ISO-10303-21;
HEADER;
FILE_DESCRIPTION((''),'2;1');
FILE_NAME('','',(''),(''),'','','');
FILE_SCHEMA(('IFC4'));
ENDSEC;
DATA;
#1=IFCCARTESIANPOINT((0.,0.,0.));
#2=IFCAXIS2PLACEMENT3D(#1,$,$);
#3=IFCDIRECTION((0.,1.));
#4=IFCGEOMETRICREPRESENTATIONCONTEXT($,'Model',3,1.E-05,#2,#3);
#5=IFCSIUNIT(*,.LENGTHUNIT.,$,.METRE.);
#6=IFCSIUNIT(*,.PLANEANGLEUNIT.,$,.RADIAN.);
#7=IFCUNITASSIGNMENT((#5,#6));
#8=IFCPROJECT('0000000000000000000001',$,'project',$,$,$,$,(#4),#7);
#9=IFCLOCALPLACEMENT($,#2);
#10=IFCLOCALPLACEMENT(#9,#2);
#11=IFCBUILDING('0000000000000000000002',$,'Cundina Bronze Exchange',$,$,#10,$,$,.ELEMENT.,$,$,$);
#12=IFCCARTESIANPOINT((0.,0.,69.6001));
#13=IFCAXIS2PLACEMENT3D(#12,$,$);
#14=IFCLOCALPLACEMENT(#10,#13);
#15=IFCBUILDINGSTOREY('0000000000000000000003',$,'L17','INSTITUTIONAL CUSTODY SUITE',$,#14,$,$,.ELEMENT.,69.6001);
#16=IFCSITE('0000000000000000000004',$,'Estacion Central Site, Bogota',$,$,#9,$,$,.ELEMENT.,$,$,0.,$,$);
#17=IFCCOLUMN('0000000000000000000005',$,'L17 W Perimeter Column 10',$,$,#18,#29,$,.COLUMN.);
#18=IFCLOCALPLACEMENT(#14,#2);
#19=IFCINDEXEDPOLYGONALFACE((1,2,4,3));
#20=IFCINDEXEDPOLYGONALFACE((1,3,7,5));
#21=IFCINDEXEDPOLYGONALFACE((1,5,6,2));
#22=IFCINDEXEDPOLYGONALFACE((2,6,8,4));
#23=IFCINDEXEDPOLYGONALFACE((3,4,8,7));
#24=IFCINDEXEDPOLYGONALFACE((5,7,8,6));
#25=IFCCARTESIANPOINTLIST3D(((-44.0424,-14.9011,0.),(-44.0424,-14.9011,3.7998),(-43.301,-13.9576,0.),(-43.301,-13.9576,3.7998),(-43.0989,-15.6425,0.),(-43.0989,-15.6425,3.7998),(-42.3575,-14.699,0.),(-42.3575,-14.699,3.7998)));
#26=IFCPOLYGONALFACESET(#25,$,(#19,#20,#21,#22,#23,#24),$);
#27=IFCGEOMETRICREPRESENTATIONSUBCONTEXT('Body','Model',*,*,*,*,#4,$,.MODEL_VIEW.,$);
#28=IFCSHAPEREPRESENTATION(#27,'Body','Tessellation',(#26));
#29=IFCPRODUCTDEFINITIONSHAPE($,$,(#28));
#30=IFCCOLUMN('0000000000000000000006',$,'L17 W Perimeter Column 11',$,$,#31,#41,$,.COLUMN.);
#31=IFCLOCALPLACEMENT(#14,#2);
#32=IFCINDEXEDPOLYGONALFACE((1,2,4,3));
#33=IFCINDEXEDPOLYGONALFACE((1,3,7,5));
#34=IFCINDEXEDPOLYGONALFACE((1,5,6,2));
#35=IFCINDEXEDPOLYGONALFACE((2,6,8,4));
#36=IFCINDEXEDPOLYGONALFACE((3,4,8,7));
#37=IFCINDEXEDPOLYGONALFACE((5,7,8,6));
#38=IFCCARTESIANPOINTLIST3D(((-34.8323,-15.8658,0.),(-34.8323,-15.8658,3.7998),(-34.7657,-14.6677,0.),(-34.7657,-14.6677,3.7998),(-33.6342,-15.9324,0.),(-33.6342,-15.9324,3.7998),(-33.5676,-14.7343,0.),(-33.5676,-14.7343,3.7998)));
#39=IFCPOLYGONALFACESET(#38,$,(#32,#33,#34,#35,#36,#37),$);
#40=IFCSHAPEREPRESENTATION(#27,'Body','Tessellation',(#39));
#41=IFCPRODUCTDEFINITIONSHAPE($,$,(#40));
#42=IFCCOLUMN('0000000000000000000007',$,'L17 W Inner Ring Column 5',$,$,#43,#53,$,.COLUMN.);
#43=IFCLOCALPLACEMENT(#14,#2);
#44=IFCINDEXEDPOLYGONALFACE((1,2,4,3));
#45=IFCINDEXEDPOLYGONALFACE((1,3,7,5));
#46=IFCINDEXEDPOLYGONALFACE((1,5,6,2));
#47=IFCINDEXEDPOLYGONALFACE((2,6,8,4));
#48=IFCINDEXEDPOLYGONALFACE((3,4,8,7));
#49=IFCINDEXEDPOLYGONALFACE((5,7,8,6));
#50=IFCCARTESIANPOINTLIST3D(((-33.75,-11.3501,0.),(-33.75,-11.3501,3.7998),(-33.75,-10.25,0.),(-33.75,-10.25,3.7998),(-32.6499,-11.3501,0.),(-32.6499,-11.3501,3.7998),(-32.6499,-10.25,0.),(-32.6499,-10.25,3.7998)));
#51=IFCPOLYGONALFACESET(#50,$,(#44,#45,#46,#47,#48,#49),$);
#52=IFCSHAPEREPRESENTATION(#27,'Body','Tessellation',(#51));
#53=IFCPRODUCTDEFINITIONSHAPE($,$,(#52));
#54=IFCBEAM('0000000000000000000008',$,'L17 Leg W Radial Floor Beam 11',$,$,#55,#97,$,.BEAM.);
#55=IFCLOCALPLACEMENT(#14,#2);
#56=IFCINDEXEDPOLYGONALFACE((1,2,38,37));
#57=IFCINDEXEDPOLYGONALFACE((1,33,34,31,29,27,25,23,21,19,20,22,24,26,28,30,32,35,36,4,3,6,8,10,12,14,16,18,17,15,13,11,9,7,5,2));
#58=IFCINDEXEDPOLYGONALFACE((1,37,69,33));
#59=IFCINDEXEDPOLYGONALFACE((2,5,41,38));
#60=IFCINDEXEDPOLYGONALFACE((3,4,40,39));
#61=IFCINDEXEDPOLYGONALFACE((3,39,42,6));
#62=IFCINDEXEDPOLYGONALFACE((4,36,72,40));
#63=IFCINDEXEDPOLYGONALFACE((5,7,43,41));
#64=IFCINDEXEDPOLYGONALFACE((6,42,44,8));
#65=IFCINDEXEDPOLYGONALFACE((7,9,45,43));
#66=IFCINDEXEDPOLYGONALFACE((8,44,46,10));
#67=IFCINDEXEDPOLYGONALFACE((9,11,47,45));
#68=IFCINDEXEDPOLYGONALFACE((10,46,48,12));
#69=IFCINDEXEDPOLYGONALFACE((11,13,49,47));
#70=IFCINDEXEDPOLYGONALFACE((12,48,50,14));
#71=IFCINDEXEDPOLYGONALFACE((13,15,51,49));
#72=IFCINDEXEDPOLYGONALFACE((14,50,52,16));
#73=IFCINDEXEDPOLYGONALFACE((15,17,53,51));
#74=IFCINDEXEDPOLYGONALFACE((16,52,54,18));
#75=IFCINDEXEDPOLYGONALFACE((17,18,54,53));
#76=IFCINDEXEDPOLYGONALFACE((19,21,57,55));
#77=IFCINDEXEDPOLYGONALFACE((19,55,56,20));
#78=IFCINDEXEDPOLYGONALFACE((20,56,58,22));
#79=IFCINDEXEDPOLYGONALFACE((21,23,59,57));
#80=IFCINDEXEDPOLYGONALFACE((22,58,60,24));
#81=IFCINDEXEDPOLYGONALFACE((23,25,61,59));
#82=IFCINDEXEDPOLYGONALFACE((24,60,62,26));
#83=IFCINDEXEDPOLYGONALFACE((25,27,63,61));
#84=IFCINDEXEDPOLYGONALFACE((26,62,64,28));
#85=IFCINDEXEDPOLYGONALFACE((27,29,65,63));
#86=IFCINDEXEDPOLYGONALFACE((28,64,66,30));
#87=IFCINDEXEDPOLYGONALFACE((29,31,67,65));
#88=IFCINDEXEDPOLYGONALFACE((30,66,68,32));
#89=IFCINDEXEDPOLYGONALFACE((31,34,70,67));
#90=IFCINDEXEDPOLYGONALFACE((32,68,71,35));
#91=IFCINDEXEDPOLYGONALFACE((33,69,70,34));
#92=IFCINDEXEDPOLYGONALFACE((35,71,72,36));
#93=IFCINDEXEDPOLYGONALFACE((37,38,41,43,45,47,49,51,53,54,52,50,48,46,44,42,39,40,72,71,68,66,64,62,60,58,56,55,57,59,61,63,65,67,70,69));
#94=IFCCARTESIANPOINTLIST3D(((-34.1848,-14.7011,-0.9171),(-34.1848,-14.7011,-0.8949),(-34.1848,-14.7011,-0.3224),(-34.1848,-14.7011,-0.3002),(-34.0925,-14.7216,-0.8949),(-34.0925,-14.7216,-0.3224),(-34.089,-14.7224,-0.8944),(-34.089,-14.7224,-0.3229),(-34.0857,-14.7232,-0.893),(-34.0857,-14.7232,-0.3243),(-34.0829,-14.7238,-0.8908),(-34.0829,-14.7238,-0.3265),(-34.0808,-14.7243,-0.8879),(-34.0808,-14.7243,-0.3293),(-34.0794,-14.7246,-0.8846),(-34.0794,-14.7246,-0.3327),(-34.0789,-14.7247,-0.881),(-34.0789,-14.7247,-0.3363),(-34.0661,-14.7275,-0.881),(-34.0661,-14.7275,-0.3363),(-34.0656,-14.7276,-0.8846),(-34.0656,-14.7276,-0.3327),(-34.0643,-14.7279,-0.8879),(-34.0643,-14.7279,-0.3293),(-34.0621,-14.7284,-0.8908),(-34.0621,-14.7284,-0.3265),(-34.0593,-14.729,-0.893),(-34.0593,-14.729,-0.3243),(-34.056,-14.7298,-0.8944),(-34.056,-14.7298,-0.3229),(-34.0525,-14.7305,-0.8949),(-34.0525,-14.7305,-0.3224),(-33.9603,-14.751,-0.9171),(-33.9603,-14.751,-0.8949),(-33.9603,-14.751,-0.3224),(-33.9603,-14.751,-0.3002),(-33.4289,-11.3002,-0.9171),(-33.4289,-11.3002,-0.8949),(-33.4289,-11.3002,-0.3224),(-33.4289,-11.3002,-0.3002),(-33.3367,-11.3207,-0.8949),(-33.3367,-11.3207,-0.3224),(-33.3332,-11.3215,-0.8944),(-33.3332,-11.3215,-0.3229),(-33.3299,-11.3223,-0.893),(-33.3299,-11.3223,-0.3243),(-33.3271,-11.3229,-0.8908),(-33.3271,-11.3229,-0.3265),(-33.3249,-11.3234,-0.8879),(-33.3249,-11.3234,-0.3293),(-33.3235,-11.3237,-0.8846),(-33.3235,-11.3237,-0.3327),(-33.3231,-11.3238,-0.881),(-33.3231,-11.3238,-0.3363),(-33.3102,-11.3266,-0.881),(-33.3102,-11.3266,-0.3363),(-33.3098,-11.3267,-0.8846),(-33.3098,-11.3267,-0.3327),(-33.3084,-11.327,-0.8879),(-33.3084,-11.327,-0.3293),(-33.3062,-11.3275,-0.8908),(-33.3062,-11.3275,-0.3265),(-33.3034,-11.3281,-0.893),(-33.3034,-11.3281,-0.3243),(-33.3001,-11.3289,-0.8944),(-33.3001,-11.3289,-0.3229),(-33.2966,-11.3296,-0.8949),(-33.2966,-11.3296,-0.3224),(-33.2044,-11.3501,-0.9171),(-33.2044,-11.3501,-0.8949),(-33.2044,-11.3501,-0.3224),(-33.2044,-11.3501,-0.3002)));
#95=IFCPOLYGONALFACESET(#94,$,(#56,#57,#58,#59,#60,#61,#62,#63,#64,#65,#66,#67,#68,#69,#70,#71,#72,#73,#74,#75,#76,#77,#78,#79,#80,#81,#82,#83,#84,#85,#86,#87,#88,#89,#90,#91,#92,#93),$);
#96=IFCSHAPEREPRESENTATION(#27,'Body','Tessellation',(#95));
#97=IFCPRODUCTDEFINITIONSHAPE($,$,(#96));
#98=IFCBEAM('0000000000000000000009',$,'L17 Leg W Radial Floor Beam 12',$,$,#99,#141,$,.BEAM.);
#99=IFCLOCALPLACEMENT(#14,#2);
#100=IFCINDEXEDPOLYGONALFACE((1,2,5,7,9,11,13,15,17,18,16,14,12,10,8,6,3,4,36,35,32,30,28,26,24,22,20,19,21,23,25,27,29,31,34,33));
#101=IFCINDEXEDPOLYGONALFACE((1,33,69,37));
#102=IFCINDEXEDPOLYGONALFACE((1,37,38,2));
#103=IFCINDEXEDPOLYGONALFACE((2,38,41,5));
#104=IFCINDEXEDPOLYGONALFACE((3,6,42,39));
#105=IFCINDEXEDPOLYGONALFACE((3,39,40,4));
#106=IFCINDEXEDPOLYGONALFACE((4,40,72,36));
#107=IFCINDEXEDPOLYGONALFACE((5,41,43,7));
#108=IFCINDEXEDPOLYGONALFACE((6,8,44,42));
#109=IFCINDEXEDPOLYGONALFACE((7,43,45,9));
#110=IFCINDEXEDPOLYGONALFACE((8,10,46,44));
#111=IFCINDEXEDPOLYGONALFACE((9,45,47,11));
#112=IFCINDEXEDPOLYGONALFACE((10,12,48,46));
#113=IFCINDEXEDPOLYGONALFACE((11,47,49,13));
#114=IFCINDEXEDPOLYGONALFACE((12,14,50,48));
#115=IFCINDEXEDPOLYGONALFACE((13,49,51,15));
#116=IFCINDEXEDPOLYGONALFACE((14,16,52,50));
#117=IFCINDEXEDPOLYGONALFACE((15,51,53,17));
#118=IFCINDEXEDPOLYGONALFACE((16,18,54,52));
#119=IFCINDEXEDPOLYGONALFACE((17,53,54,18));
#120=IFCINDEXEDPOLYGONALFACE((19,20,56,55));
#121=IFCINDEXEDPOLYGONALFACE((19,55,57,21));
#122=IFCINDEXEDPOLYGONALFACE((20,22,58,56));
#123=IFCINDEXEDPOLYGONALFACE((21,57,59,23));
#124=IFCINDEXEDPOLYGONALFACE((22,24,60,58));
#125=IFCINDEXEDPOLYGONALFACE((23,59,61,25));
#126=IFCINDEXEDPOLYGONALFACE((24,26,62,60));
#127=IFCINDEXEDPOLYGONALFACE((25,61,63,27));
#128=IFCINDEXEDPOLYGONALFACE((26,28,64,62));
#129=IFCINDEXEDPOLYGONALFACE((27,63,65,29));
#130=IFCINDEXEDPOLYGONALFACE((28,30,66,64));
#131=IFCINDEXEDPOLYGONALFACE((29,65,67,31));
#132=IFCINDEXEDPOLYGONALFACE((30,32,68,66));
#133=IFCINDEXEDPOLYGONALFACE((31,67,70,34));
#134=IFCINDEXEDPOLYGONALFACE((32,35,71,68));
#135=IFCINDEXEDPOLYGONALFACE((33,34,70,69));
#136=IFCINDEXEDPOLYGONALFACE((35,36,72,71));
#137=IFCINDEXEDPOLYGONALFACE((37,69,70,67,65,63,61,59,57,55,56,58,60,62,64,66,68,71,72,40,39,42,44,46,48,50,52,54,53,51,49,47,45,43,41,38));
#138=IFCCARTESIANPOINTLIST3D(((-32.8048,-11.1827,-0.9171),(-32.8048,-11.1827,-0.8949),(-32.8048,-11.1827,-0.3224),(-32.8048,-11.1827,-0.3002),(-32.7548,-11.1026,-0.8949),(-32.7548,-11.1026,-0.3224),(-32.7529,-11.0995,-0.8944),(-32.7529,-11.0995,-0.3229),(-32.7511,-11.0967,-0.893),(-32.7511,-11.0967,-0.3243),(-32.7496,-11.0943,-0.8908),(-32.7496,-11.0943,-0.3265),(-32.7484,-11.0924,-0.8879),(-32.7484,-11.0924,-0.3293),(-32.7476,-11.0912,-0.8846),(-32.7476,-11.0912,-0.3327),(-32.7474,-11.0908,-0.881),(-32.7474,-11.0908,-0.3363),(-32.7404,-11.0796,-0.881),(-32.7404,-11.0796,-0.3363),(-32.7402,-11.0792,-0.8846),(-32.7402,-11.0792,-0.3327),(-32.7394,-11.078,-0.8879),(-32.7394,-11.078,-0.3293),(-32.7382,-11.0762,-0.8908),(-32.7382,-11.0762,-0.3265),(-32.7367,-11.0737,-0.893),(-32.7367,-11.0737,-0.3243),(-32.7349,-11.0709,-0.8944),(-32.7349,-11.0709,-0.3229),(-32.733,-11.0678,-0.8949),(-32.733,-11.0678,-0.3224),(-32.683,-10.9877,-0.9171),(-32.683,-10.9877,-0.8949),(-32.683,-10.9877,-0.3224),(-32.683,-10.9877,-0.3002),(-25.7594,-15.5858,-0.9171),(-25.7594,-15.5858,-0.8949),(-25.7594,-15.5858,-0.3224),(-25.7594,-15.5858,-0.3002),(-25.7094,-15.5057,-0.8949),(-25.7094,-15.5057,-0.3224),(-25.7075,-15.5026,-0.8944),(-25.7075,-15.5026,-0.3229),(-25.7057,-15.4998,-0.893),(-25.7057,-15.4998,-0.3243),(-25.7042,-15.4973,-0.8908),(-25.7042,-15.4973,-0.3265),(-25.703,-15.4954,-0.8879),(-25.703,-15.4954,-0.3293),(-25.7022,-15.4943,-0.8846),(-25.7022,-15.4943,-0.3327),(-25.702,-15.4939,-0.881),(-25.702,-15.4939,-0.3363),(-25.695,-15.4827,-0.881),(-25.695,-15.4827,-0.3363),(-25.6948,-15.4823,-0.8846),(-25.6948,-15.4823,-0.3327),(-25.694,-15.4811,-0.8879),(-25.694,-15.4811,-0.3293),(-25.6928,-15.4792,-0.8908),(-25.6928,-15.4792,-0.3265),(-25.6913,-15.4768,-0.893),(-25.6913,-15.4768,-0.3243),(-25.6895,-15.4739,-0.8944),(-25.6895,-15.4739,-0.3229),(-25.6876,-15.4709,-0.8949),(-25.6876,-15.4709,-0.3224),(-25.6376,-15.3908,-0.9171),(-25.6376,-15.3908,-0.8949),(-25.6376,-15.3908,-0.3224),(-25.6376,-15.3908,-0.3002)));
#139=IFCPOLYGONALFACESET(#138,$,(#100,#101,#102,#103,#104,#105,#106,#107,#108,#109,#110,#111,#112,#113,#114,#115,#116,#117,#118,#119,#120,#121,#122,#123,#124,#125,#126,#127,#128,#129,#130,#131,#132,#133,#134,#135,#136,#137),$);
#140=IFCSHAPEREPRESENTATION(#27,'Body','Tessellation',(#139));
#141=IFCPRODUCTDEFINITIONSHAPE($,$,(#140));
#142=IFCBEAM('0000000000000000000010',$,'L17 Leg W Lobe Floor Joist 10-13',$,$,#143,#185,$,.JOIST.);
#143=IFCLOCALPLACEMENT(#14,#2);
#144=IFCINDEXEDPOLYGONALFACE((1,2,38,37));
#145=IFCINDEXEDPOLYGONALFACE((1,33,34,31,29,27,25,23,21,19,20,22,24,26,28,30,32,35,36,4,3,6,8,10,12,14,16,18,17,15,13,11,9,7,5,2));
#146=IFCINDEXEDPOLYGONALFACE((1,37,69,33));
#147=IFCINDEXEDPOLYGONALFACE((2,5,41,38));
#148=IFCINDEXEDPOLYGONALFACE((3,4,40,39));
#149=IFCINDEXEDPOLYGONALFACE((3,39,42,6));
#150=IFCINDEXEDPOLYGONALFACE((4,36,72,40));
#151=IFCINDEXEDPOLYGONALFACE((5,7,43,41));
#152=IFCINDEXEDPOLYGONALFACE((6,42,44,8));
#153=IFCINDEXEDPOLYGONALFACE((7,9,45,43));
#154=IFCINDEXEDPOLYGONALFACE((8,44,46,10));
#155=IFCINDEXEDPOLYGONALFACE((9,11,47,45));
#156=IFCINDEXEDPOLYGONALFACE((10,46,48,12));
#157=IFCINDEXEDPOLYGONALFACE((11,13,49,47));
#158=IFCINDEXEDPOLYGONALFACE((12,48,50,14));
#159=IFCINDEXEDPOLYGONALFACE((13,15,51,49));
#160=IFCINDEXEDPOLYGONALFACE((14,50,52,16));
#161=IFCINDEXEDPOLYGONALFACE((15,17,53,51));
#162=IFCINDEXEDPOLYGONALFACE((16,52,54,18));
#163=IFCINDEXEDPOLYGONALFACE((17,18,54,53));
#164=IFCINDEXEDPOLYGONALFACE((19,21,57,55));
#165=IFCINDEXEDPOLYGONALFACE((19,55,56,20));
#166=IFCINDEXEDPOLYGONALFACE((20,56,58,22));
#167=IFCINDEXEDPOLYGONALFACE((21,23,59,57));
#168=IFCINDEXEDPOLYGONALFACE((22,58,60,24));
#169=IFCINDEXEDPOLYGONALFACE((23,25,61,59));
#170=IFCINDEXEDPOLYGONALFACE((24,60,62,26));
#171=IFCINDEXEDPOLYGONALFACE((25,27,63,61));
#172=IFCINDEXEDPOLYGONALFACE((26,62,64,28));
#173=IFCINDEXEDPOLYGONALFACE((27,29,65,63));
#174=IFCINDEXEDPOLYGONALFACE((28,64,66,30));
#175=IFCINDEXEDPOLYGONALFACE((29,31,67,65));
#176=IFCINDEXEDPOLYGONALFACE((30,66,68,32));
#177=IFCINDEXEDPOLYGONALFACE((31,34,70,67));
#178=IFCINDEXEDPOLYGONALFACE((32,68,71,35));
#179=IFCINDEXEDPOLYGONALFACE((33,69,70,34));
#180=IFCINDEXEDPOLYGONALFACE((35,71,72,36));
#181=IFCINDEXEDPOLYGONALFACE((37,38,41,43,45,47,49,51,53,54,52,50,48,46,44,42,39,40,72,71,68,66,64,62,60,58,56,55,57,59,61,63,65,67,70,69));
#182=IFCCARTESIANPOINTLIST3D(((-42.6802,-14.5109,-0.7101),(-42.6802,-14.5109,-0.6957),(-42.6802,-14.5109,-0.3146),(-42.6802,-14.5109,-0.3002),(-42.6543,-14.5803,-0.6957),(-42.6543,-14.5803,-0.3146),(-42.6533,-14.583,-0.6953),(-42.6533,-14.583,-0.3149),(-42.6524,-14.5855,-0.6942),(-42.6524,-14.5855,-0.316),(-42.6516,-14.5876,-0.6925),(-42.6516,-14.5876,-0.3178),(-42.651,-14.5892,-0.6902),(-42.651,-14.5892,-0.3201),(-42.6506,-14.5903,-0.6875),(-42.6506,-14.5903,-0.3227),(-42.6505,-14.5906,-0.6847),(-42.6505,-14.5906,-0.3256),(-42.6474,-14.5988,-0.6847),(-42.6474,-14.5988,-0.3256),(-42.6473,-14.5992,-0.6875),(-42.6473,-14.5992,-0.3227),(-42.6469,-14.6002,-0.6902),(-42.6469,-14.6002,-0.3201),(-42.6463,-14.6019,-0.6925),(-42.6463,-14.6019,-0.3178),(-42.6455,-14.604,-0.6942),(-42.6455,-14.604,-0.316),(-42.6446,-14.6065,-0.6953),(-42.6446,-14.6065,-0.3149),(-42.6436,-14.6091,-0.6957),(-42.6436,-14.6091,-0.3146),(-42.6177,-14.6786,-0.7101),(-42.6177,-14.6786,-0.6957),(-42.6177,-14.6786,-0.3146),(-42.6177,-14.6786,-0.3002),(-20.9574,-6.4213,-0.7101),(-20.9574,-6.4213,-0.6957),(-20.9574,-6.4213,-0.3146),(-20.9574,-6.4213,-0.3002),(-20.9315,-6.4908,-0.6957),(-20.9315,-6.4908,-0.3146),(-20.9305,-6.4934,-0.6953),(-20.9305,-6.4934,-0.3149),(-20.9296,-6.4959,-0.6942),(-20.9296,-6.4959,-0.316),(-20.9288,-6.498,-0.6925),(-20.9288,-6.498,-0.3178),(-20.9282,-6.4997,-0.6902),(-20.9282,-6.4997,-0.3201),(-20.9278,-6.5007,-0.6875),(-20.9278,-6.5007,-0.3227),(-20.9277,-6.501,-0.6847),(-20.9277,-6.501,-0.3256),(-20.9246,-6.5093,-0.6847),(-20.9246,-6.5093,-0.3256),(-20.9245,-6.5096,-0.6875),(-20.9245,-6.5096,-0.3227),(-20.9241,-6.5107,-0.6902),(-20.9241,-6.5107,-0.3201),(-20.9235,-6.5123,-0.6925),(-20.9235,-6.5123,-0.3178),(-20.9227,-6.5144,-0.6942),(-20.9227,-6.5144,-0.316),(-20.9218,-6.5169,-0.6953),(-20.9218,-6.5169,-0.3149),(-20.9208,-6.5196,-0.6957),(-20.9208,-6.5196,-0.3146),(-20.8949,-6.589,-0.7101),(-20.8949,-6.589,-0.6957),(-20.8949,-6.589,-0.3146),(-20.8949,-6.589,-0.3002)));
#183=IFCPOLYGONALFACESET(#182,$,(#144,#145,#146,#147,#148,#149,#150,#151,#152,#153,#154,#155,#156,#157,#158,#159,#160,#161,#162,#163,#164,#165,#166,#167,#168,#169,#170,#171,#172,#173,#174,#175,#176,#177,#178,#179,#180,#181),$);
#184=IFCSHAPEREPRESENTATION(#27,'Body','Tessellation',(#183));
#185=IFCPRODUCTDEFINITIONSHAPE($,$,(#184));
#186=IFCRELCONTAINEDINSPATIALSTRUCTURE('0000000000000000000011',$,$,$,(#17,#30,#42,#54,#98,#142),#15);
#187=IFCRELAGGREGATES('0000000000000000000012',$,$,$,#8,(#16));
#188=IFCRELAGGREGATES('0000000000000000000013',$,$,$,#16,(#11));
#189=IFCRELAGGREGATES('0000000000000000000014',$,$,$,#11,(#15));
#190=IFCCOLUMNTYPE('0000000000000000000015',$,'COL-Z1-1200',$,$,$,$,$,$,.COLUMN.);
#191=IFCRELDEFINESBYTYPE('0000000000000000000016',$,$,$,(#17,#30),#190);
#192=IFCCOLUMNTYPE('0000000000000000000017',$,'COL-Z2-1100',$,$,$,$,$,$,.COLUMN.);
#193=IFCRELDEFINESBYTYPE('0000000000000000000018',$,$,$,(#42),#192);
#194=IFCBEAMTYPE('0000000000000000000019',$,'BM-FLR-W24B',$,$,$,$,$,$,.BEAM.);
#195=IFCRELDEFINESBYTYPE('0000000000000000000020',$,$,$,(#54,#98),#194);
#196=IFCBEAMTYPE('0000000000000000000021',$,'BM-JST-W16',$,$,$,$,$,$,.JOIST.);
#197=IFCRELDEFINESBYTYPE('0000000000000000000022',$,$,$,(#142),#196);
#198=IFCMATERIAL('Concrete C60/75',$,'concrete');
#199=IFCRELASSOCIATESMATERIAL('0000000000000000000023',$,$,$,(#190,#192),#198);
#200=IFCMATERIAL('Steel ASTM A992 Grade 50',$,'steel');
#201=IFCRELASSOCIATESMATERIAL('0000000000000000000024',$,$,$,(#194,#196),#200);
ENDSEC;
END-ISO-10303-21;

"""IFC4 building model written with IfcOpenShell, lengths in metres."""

from ifc_helpers import new_model, si_unit, direction, frame, origin, origin_2d, place, context, subcontext, project, spatial, rectangle, i_section, extrude, material, material_profile, profile_set, type_object, element, save


model = new_model("IFC4")

# Units and contexts
model_context = context("Model", 3, precision=1e-05, world=origin(), true_north=direction((0.0, 1.0)))
body_context = subcontext(model_context, "Body", "Model", "MODEL_VIEW")
ifc_project = project(units=[si_unit("LENGTHUNIT", "METRE"), si_unit("PLANEANGLEUNIT", "RADIAN")], contexts=[model_context])

# Site, building, storey
site_placement = place(None, origin())
site = spatial("IfcSite", under=ifc_project, at=site_placement, Name="Estacion Central Site, Bogota", CompositionType="ELEMENT", RefElevation=0.0)
building_placement = place(site_placement, origin())
building = spatial("IfcBuilding", under=site, at=building_placement, Name="Cundina Bronze Exchange", CompositionType="ELEMENT")
storey_placement = place(building_placement, frame((0.0, 0.0, 69.6001)))
storey = spatial("IfcBuildingStorey", under=building, at=storey_placement, Name="L17", Description="INSTITUTIONAL CUSTODY SUITE", CompositionType="ELEMENT", Elevation=69.6001)

# Columns
ifc_material_1 = material(Name="Concrete C60/75", Category="concrete")
ifc_material_profile_1 = material_profile(ifc_material_1, rectangle(XDim=1.2, YDim=1.2, at=origin_2d()), Name="RC1200X1200", Category="concrete")
ifc_profile_set_1 = profile_set([ifc_material_profile_1], Name="Concrete C60/75")
column_type_1 = type_object("IfcColumnType", Name="COL-Z1-1200", PredefinedType="COLUMN", material=ifc_profile_set_1)
for number, where, z_axis, x_axis, name in (
    (1, (-43.2, -14.8, 0.0), (0.0, 0.0, 1.0), (0.786288, -0.61786, 0.0), "L17 W Perimeter Column 10"),
    (2, (-34.2, -15.3, 0.0), (0.0, 0.0, 1.0), (0.99846, -0.055473, 0.0), "L17 W Perimeter Column 11"),
):
    element("IfcColumn", number, at=place(storey_placement, frame(where, z_axis=z_axis, x_axis=x_axis)), inside=storey, type_object=column_type_1, Name=name, PredefinedType="COLUMN", context=body_context, shape_type="SweptSolid", body=[
        extrude(rectangle(XDim=1.2, YDim=1.2, at=origin_2d()), origin(), (0.0, 0.0, 1.0), 3.7998),
    ])
ifc_material_profile_2 = material_profile(ifc_material_1, rectangle(XDim=1.1001, YDim=1.1001, at=origin_2d()), Name="RC1100X1100", Category="concrete")
ifc_profile_set_2 = profile_set([ifc_material_profile_2], Name="Concrete C60/75")
column_type_2 = type_object("IfcColumnType", Name="COL-Z2-1100", PredefinedType="COLUMN", material=ifc_profile_set_2)
column_placement = place(storey_placement, frame((-33.2, -10.8, 0.0), z_axis=(0.0, 0.0, 1.0), x_axis=(1.0, 0.0, 0.0)))
element("IfcColumn", 3, at=column_placement, inside=storey, type_object=column_type_2, Name="L17 W Inner Ring Column 5", PredefinedType="COLUMN", context=body_context, shape_type="SweptSolid", body=[
    extrude(rectangle(XDim=1.1001, YDim=1.1001, at=origin_2d()), origin(), (0.0, 0.0, 1.0), 3.7998),
])

# Beams
ifc_material_2 = material(Name="Steel ASTM A992 Grade 50", Category="steel")
ifc_material_profile_3 = material_profile(ifc_material_2, i_section(OverallWidth=0.23, OverallDepth=0.6169, WebThickness=0.0132, FlangeThickness=0.0222, FilletRadius=0.0139, at=origin_2d()), Name="W24X94", Category="steel")
ifc_profile_set_3 = profile_set([ifc_material_profile_3], Name="Steel ASTM A992 Grade 50")
beam_type_1 = type_object("IfcBeamType", Name="BM-FLR-W24B", PredefinedType="BEAM", material=ifc_profile_set_3)
beam_1_placement = place(storey_placement, frame((-33.3167, -11.3252, -0.6086), z_axis=(-0.21696, -0.97618, 0.0), x_axis=(0.97618, -0.21696, 0.0)))
element("IfcBeam", 4, at=beam_1_placement, inside=storey, type_object=beam_type_1, Name="L17 Leg W Radial Floor Beam 11", PredefinedType="BEAM", context=body_context, shape_type="SweptSolid", body=[
    extrude(i_section(OverallWidth=0.23, OverallDepth=0.6169, WebThickness=0.0132, FlangeThickness=0.0222, FilletRadius=0.0139, at=origin_2d()), origin(), (0.0, 0.0, 1.0), 3.4839),
])
beam_2_placement = place(storey_placement, frame((-32.7439, -11.0852, -0.6086), z_axis=(0.848015, -0.529973, 0.0), x_axis=(0.529973, 0.848015, 0.0)))
element("IfcBeam", 5, at=beam_2_placement, inside=storey, type_object=beam_type_1, Name="L17 Leg W Radial Floor Beam 12", PredefinedType="BEAM", context=body_context, shape_type="SweptSolid", body=[
    extrude(i_section(OverallWidth=0.23, OverallDepth=0.6169, WebThickness=0.0132, FlangeThickness=0.0222, FilletRadius=0.0139, at=origin_2d()), origin(), (0.0, 0.0, 1.0), 8.3081),
])
ifc_material_profile_4 = material_profile(ifc_material_2, i_section(OverallWidth=0.179, OverallDepth=0.4099, WebThickness=0.0088, FlangeThickness=0.0144, FilletRadius=0.011, at=origin_2d()), Name="W16X45", Category="steel")
ifc_profile_set_4 = profile_set([ifc_material_profile_4], Name="Steel ASTM A992 Grade 50")
beam_type_2 = type_object("IfcBeamType", Name="BM-JST-W16", PredefinedType="JOIST", material=ifc_profile_set_4)
beam_3_placement = place(storey_placement, frame((-42.6489, -14.5947, -0.5051), z_axis=(0.937128, 0.348986, 0.0), x_axis=(-0.348986, 0.937128, 0.0)))
element("IfcBeam", 6, at=beam_3_placement, inside=storey, type_object=beam_type_2, Name="L17 Leg W Lobe Floor Joist 10-13", PredefinedType="JOIST", context=body_context, shape_type="SweptSolid", body=[
    extrude(i_section(OverallWidth=0.179, OverallDepth=0.4099, WebThickness=0.0088, FlangeThickness=0.0144, FilletRadius=0.011, at=origin_2d()), origin(), (0.0, 0.0, 1.0), 23.1802),
])

save(model, "model.ifc")
